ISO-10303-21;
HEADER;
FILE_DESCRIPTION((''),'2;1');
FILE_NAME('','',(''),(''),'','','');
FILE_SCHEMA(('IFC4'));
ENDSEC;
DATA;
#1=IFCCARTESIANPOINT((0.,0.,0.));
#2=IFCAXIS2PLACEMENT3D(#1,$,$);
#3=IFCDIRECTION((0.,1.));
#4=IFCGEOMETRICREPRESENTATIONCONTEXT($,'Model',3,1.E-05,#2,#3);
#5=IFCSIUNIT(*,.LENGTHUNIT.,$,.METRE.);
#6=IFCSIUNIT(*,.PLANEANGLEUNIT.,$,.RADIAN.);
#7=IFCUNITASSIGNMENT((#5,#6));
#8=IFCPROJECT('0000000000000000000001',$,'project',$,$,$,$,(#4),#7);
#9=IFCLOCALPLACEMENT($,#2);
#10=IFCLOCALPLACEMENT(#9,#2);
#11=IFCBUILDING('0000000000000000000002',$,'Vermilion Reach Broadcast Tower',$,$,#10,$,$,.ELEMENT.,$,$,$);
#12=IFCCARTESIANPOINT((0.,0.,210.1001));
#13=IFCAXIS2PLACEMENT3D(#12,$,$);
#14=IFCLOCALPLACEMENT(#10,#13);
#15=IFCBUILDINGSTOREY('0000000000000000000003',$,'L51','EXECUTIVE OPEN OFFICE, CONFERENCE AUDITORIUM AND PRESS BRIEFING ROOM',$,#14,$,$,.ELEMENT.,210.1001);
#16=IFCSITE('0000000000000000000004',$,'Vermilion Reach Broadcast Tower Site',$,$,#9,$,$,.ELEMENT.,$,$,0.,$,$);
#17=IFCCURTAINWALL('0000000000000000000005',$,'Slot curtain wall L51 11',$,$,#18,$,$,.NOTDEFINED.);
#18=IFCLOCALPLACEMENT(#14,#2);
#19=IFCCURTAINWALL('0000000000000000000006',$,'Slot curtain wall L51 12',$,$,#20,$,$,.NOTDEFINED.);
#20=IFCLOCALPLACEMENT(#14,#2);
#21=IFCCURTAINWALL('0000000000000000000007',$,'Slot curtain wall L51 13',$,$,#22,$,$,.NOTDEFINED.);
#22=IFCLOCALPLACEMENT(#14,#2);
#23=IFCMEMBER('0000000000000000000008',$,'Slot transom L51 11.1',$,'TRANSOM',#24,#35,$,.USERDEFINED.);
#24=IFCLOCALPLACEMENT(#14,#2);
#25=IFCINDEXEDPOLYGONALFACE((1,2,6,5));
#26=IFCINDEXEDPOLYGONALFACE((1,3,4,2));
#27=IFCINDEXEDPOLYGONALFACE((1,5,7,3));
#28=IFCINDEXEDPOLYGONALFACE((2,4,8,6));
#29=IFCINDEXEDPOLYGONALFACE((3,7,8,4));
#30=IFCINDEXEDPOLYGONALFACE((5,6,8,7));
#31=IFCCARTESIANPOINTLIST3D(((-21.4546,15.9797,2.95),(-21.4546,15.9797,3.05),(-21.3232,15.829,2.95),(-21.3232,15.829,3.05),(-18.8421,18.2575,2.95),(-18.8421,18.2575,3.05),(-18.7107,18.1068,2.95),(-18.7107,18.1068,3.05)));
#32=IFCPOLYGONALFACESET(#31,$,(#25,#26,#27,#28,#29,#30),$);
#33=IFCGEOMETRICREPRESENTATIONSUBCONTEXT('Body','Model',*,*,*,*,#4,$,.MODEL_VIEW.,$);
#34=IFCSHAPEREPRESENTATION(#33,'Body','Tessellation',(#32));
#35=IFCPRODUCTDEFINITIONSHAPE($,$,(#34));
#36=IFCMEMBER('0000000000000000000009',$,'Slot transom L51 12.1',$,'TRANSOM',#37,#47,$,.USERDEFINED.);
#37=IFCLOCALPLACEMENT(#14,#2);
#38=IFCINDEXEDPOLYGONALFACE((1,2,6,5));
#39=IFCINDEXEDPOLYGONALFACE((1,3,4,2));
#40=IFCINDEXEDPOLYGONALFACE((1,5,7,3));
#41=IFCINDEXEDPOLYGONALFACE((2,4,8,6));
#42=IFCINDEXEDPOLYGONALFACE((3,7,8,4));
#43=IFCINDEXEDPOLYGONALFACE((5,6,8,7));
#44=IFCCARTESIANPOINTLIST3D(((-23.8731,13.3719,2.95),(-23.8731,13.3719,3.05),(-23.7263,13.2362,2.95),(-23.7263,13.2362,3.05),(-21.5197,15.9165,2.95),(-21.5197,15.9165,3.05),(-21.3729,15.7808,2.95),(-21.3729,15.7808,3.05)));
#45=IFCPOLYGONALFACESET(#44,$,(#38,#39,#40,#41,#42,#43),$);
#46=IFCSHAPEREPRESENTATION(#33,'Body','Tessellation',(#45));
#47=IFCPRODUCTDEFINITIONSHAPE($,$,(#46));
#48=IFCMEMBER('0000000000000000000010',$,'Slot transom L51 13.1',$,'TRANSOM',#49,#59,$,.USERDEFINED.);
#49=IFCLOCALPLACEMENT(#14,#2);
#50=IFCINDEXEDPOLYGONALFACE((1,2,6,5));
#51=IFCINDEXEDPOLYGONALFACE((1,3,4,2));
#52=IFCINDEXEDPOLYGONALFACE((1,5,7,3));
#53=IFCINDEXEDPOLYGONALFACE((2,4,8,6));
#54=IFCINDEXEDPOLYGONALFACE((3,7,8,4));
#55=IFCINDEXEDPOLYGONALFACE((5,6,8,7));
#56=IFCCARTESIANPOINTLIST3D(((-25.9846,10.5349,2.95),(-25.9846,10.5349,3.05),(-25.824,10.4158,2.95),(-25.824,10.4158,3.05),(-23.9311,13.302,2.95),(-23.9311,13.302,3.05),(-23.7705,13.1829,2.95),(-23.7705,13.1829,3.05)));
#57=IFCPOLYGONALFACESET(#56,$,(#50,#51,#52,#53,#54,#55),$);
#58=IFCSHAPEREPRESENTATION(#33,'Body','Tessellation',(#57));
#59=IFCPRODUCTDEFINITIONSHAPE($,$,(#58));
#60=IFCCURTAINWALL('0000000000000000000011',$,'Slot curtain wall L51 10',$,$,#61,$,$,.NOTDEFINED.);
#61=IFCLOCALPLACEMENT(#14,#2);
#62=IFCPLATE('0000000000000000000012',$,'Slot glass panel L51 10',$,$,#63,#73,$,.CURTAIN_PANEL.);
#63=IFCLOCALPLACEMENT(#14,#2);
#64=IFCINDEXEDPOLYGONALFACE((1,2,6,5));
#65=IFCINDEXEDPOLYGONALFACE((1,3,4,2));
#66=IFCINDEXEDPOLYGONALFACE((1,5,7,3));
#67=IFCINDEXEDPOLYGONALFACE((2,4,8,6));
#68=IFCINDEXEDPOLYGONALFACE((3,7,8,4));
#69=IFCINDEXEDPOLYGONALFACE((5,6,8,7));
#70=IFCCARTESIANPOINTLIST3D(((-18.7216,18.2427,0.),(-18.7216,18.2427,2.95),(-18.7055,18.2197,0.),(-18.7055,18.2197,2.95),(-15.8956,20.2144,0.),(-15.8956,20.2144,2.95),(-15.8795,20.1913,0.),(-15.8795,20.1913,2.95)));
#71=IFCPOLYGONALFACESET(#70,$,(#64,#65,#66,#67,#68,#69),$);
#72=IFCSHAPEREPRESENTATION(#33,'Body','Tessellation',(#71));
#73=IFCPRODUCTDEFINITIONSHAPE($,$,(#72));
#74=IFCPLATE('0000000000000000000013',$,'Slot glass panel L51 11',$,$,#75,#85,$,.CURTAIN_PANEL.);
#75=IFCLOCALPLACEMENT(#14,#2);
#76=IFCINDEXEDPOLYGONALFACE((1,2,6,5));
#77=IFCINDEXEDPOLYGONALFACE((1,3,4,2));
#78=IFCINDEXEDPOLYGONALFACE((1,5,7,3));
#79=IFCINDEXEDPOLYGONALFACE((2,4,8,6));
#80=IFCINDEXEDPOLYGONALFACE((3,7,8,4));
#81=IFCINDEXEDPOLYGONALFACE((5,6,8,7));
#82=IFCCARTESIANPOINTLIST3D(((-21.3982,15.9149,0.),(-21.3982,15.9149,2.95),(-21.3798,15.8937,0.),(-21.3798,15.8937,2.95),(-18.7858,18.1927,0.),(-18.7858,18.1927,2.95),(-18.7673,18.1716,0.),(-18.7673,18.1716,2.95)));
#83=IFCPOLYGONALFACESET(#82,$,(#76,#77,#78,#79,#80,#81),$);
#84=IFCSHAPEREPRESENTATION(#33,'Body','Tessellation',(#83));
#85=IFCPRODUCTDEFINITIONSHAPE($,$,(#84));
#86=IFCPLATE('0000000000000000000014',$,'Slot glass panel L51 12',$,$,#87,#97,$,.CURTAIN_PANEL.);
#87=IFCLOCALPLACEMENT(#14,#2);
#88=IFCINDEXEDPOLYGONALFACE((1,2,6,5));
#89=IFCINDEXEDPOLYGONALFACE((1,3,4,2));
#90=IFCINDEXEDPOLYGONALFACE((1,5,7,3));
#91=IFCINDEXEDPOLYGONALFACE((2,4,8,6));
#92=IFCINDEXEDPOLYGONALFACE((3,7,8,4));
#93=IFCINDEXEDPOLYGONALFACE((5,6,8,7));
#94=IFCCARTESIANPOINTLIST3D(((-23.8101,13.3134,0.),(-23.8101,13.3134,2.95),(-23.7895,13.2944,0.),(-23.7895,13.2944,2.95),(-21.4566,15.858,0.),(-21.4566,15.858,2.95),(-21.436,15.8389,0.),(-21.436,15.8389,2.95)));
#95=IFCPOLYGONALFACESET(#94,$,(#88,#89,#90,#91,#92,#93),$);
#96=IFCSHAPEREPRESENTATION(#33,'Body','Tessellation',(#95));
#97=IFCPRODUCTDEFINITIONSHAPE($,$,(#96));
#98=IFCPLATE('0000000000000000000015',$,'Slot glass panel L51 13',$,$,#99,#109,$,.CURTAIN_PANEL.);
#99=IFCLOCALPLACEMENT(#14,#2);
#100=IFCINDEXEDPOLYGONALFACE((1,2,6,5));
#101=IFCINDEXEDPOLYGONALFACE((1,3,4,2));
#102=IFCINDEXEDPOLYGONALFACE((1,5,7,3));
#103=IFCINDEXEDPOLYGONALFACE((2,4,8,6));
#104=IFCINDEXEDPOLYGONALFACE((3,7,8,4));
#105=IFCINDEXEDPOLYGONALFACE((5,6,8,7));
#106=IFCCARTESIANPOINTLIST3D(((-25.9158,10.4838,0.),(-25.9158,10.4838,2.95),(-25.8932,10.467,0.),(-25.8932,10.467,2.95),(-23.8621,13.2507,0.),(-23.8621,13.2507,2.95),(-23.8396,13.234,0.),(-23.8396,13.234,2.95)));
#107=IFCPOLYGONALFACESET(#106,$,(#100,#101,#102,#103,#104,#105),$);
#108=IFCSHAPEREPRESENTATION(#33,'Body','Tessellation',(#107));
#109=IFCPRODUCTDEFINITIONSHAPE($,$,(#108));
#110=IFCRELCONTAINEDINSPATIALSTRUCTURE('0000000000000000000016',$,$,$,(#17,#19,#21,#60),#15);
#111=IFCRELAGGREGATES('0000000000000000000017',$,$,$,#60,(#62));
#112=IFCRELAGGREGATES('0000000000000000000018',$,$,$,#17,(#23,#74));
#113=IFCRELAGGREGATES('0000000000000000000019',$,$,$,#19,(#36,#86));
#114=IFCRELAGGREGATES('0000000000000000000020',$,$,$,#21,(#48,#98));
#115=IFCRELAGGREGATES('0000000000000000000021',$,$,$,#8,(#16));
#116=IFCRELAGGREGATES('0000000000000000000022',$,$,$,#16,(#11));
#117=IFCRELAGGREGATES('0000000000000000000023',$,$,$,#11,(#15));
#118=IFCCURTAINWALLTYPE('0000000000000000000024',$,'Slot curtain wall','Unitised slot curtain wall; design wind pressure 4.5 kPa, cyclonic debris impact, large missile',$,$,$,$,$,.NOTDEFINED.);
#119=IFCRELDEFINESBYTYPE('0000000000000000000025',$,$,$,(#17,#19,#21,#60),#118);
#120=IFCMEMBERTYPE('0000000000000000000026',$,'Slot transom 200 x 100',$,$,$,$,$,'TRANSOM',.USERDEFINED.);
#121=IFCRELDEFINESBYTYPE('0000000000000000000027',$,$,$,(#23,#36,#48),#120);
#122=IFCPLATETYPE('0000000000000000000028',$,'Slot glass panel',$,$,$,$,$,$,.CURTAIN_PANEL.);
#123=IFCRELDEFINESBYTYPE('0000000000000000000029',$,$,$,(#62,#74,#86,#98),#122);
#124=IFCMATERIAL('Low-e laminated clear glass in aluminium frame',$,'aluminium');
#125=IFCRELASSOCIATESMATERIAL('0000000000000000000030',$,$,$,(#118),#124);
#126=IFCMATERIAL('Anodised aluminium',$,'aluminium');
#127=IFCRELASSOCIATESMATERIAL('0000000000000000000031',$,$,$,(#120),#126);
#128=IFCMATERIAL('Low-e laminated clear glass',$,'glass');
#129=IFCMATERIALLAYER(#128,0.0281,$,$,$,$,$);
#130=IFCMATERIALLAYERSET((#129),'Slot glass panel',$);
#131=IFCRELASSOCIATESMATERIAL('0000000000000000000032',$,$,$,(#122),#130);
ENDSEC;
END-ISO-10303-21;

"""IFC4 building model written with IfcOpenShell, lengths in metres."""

from ifc_helpers import new_model, si_unit, direction, frame, origin, origin_2d, place, context, subcontext, project, spatial, rectangle, extrude, material, layer, layer_set, material_profile, profile_set, type_object, element, aggregate, save


model = new_model("IFC4")

# Units and contexts
model_context = context("Model", 3, precision=1e-05, world=origin(), true_north=direction((0.0, 1.0)))
body_context = subcontext(model_context, "Body", "Model", "MODEL_VIEW")
ifc_project = project(units=[si_unit("LENGTHUNIT", "METRE"), si_unit("PLANEANGLEUNIT", "RADIAN")], contexts=[model_context])

# Site, building, storey
site_placement = place(None, origin())
site = spatial("IfcSite", under=ifc_project, at=site_placement, Name="Vermilion Reach Broadcast Tower Site", CompositionType="ELEMENT", RefElevation=0.0)
building_placement = place(site_placement, origin())
building = spatial("IfcBuilding", under=site, at=building_placement, Name="Vermilion Reach Broadcast Tower", CompositionType="ELEMENT")
storey_placement = place(building_placement, frame((0.0, 0.0, 210.1001)))
storey = spatial("IfcBuildingStorey", under=building, at=storey_placement, Name="L51", Description="EXECUTIVE OPEN OFFICE, CONFERENCE AUDITORIUM AND PRESS BRIEFING ROOM", CompositionType="ELEMENT", Elevation=210.1001)

# Curtain walls
ifc_material_1 = material(Name="Low-e laminated clear glass in aluminium frame", Category="aluminium")
curtain_wall_type = type_object("IfcCurtainWallType", Name="Slot curtain wall", Description="Unitised slot curtain wall; design wind pressure 4.5 kPa, cyclonic debris impact, large missile", PredefinedType="NOTDEFINED", material=ifc_material_1)
placement = place(storey_placement, origin())
curtain_wall_1 = element("IfcCurtainWall", 1, at=placement, inside=storey, type_object=curtain_wall_type, Name="Slot curtain wall L51 11", PredefinedType="NOTDEFINED")
curtain_wall_2 = element("IfcCurtainWall", 2, at=placement, inside=storey, type_object=curtain_wall_type, Name="Slot curtain wall L51 12", PredefinedType="NOTDEFINED")
curtain_wall_3 = element("IfcCurtainWall", 3, at=placement, inside=storey, type_object=curtain_wall_type, Name="Slot curtain wall L51 13", PredefinedType="NOTDEFINED")

# Members
ifc_material_2 = material(Name="Anodised aluminium", Category="aluminium")
ifc_material_profile_1 = material_profile(ifc_material_2, rectangle(XDim=0.2, YDim=0.1001, at=origin_2d()), Name="Slot transom 200 x 100")
ifc_profile_set_1 = profile_set([ifc_material_profile_1], Name="Anodised aluminium")
member_type_1 = type_object("IfcMemberType", Name="Slot transom 200 x 100", ElementType="TRANSOM", PredefinedType="USERDEFINED", material=ifc_profile_set_1)
member_1_placement = place(storey_placement, frame((-18.7764, 18.1821, 3.0), z_axis=(-0.753741, -0.657172, 0.0), x_axis=(0.657172, -0.753741, 0.0)))
member_1 = element("IfcMember", 4, at=member_1_placement, type_object=member_type_1, Name="Slot transom L51 11.1", ObjectType="TRANSOM", PredefinedType="USERDEFINED", context=body_context, shape_type="SweptSolid", body=[
    extrude(rectangle(XDim=0.2, YDim=0.1001, at=origin_2d()), origin(), (0.0, 0.0, 1.0), 3.4661),
])
member_2_placement = place(storey_placement, frame((-21.4463, 15.8486, 3.0), z_axis=(-0.678994, -0.734144, 0.0), x_axis=(0.734144, -0.678994, 0.0)))
member_2 = element("IfcMember", 5, at=member_2_placement, type_object=member_type_1, Name="Slot transom L51 12.1", ObjectType="TRANSOM", PredefinedType="USERDEFINED", context=body_context, shape_type="SweptSolid", body=[
    extrude(rectangle(XDim=0.2, YDim=0.1001, at=origin_2d()), origin(), (0.0, 0.0, 1.0), 3.4661),
])
member_3_placement = place(storey_placement, frame((-23.8508, 13.2424, 3.0), z_axis=(-0.595934, -0.803033, 0.0), x_axis=(0.803033, -0.595934, 0.0)))
member_3 = element("IfcMember", 6, at=member_3_placement, type_object=member_type_1, Name="Slot transom L51 13.1", ObjectType="TRANSOM", PredefinedType="USERDEFINED", context=body_context, shape_type="SweptSolid", body=[
    extrude(rectangle(XDim=0.2, YDim=0.1001, at=origin_2d()), origin(), (0.0, 0.0, 1.0), 3.4458),
])

# Curtain wall, plate
curtain_wall_4 = element("IfcCurtainWall", 7, at=placement, inside=storey, type_object=curtain_wall_type, Name="Slot curtain wall L51 10", PredefinedType="NOTDEFINED")
ifc_material_3 = material(Name="Low-e laminated clear glass", Category="glass")
ifc_layer = layer(ifc_material_3, 0.0281)
ifc_layer_set = layer_set([ifc_layer], Name="Slot glass panel")
plate_type = type_object("IfcPlateType", Name="Slot glass panel", PredefinedType="CURTAIN_PANEL", material=ifc_layer_set)
plate_1_placement = place(storey_placement, frame((-17.3005, 19.217, 0.0), z_axis=(0.0, 0.0, 1.0), x_axis=(-0.820127, -0.572181, 0.0)))
plate_1 = element("IfcPlate", 8, at=plate_1_placement, type_object=plate_type, Name="Slot glass panel L51 10", PredefinedType="CURTAIN_PANEL", context=body_context, shape_type="SweptSolid", body=[
    extrude(rectangle(XDim=3.4458, YDim=0.0281, at=origin_2d()), origin(), (0.0, 0.0, 1.0), 2.95),
])
aggregate(curtain_wall_4, [plate_1])

# Plates
plate_2_placement = place(storey_placement, frame((-20.0828, 17.0432, 0.0), z_axis=(0.0, 0.0, 1.0), x_axis=(-0.753728, -0.657187, 0.0)))
plate_2 = element("IfcPlate", 9, at=plate_2_placement, type_object=plate_type, Name="Slot glass panel L51 11", PredefinedType="CURTAIN_PANEL", context=body_context, shape_type="SweptSolid", body=[
    extrude(rectangle(XDim=3.4661, YDim=0.0281, at=origin_2d()), origin(), (0.0, 0.0, 1.0), 2.95),
])
aggregate(curtain_wall_1, [member_1, plate_2])
plate_3_placement = place(storey_placement, frame((-22.623, 14.5762, 0.0), z_axis=(0.0, 0.0, 1.0), x_axis=(-0.679002, -0.734137, 0.0)))
plate_3 = element("IfcPlate", 10, at=plate_3_placement, type_object=plate_type, Name="Slot glass panel L51 12", PredefinedType="CURTAIN_PANEL", context=body_context, shape_type="SweptSolid", body=[
    extrude(rectangle(XDim=3.4661, YDim=0.0281, at=origin_2d()), origin(), (0.0, 0.0, 1.0), 2.95),
])
aggregate(curtain_wall_2, [member_2, plate_3])
plate_4_placement = place(storey_placement, frame((-24.8777, 11.8589, 0.0), z_axis=(0.0, 0.0, 1.0), x_axis=(-0.595979, -0.803, 0.0)))
plate_4 = element("IfcPlate", 11, at=plate_4_placement, type_object=plate_type, Name="Slot glass panel L51 13", PredefinedType="CURTAIN_PANEL", context=body_context, shape_type="SweptSolid", body=[
    extrude(rectangle(XDim=3.4458, YDim=0.0281, at=origin_2d()), origin(), (0.0, 0.0, 1.0), 2.95),
])
aggregate(curtain_wall_3, [member_3, plate_4])

save(model, "model.ifc")
